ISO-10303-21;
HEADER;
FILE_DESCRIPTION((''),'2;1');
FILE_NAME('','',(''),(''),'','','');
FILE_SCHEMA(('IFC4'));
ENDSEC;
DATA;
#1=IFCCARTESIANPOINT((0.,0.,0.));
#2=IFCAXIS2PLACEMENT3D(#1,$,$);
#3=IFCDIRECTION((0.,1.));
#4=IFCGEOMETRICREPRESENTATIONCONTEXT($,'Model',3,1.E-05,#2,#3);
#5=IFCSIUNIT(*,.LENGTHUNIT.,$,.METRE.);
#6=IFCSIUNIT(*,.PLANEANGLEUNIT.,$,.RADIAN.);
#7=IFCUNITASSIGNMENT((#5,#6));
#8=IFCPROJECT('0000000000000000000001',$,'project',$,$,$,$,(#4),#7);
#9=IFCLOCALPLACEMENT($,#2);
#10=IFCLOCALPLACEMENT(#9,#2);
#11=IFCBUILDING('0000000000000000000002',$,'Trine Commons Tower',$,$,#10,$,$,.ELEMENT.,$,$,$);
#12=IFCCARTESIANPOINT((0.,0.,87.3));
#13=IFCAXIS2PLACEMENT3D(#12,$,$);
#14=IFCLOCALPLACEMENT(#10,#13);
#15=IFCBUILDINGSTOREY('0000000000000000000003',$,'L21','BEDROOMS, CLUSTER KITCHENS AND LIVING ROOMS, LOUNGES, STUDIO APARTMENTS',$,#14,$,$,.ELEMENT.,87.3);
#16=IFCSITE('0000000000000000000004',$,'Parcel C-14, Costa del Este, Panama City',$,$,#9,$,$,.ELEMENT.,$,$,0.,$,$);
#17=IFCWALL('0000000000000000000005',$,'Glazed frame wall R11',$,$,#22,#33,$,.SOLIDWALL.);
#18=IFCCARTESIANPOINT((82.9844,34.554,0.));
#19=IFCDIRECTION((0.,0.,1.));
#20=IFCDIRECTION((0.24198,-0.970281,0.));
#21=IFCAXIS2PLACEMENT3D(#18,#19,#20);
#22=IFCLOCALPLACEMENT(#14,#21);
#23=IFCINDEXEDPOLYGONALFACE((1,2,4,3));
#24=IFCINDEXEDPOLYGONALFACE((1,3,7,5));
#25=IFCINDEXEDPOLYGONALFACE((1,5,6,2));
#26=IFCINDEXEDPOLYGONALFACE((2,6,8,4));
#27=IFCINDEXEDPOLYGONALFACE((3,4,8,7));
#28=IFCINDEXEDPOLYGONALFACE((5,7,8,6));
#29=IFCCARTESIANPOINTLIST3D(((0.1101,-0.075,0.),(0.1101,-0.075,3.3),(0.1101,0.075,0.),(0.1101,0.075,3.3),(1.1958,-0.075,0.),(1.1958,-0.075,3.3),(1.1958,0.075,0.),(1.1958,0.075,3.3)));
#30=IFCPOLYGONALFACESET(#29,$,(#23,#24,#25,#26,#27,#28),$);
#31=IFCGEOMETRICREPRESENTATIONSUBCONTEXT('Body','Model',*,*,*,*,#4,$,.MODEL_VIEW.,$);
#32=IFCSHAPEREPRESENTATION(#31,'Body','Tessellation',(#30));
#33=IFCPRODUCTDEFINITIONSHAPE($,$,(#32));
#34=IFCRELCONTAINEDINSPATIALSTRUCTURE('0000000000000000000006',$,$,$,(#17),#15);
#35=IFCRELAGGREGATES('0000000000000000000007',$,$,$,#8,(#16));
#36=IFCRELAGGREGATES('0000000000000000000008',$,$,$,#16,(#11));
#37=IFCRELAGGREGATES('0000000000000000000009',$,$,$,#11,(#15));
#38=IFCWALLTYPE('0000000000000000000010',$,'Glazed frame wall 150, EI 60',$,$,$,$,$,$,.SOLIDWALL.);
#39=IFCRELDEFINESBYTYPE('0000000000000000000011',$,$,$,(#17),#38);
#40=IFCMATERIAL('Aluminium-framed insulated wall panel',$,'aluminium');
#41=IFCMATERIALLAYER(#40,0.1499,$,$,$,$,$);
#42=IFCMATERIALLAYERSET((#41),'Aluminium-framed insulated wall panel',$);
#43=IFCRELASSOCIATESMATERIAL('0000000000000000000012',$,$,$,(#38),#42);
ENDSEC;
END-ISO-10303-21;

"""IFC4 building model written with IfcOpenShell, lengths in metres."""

from ifc_helpers import new_model, si_unit, direction, frame, origin, place, context, subcontext, project, spatial, polyline, outline, extrude, material, layer, layer_set, type_object, element, save


model = new_model("IFC4")

# Units and contexts
model_context = context("Model", 3, precision=1e-05, world=origin(), true_north=direction((0.0, 1.0)))
body_context = subcontext(model_context, "Body", "Model", "MODEL_VIEW")
ifc_project = project(units=[si_unit("LENGTHUNIT", "METRE"), si_unit("PLANEANGLEUNIT", "RADIAN")], contexts=[model_context])

# Site, building, storey
site_placement = place(None, origin())
site = spatial("IfcSite", under=ifc_project, at=site_placement, Name="Parcel C-14, Costa del Este, Panama City", CompositionType="ELEMENT", RefElevation=0.0)
building_placement = place(site_placement, origin())
building = spatial("IfcBuilding", under=site, at=building_placement, Name="Trine Commons Tower", CompositionType="ELEMENT")
storey_placement = place(building_placement, frame((0.0, 0.0, 87.3)))
storey = spatial("IfcBuildingStorey", under=building, at=storey_placement, Name="L21", Description="BEDROOMS, CLUSTER KITCHENS AND LIVING ROOMS, LOUNGES, STUDIO APARTMENTS", CompositionType="ELEMENT", Elevation=87.3)

# Wall
ifc_material_1 = material(Name="Aluminium-framed insulated wall panel", Category="aluminium")
ifc_layer_1 = layer(ifc_material_1, 0.1499)
ifc_layer_set_1 = layer_set([ifc_layer_1], Name="Aluminium-framed insulated wall panel")
wall_type_1 = type_object("IfcWallType", Name="Glazed frame wall 150, EI 60", PredefinedType="SOLIDWALL", material=ifc_layer_set_1)
wall_1_placement = place(storey_placement, frame((82.9844, 34.554, 0.0), z_axis=(0.0, 0.0, 1.0), x_axis=(0.24198, -0.970281, 0.0)))
element("IfcWall", 1, at=wall_1_placement, inside=storey, type_object=wall_type_1, Name="Glazed frame wall R11", PredefinedType="SOLIDWALL", context=body_context, shape_type="SweptSolid", body=[
    extrude(outline(polyline([(0.1101, 0.075), (0.1101, -0.075), (1.1958, -0.075), (1.1958, 0.075), (0.1101, 0.075)])), origin(), (0.0, 0.0, 1.0), 3.3),
])

save(model, "model.ifc")
